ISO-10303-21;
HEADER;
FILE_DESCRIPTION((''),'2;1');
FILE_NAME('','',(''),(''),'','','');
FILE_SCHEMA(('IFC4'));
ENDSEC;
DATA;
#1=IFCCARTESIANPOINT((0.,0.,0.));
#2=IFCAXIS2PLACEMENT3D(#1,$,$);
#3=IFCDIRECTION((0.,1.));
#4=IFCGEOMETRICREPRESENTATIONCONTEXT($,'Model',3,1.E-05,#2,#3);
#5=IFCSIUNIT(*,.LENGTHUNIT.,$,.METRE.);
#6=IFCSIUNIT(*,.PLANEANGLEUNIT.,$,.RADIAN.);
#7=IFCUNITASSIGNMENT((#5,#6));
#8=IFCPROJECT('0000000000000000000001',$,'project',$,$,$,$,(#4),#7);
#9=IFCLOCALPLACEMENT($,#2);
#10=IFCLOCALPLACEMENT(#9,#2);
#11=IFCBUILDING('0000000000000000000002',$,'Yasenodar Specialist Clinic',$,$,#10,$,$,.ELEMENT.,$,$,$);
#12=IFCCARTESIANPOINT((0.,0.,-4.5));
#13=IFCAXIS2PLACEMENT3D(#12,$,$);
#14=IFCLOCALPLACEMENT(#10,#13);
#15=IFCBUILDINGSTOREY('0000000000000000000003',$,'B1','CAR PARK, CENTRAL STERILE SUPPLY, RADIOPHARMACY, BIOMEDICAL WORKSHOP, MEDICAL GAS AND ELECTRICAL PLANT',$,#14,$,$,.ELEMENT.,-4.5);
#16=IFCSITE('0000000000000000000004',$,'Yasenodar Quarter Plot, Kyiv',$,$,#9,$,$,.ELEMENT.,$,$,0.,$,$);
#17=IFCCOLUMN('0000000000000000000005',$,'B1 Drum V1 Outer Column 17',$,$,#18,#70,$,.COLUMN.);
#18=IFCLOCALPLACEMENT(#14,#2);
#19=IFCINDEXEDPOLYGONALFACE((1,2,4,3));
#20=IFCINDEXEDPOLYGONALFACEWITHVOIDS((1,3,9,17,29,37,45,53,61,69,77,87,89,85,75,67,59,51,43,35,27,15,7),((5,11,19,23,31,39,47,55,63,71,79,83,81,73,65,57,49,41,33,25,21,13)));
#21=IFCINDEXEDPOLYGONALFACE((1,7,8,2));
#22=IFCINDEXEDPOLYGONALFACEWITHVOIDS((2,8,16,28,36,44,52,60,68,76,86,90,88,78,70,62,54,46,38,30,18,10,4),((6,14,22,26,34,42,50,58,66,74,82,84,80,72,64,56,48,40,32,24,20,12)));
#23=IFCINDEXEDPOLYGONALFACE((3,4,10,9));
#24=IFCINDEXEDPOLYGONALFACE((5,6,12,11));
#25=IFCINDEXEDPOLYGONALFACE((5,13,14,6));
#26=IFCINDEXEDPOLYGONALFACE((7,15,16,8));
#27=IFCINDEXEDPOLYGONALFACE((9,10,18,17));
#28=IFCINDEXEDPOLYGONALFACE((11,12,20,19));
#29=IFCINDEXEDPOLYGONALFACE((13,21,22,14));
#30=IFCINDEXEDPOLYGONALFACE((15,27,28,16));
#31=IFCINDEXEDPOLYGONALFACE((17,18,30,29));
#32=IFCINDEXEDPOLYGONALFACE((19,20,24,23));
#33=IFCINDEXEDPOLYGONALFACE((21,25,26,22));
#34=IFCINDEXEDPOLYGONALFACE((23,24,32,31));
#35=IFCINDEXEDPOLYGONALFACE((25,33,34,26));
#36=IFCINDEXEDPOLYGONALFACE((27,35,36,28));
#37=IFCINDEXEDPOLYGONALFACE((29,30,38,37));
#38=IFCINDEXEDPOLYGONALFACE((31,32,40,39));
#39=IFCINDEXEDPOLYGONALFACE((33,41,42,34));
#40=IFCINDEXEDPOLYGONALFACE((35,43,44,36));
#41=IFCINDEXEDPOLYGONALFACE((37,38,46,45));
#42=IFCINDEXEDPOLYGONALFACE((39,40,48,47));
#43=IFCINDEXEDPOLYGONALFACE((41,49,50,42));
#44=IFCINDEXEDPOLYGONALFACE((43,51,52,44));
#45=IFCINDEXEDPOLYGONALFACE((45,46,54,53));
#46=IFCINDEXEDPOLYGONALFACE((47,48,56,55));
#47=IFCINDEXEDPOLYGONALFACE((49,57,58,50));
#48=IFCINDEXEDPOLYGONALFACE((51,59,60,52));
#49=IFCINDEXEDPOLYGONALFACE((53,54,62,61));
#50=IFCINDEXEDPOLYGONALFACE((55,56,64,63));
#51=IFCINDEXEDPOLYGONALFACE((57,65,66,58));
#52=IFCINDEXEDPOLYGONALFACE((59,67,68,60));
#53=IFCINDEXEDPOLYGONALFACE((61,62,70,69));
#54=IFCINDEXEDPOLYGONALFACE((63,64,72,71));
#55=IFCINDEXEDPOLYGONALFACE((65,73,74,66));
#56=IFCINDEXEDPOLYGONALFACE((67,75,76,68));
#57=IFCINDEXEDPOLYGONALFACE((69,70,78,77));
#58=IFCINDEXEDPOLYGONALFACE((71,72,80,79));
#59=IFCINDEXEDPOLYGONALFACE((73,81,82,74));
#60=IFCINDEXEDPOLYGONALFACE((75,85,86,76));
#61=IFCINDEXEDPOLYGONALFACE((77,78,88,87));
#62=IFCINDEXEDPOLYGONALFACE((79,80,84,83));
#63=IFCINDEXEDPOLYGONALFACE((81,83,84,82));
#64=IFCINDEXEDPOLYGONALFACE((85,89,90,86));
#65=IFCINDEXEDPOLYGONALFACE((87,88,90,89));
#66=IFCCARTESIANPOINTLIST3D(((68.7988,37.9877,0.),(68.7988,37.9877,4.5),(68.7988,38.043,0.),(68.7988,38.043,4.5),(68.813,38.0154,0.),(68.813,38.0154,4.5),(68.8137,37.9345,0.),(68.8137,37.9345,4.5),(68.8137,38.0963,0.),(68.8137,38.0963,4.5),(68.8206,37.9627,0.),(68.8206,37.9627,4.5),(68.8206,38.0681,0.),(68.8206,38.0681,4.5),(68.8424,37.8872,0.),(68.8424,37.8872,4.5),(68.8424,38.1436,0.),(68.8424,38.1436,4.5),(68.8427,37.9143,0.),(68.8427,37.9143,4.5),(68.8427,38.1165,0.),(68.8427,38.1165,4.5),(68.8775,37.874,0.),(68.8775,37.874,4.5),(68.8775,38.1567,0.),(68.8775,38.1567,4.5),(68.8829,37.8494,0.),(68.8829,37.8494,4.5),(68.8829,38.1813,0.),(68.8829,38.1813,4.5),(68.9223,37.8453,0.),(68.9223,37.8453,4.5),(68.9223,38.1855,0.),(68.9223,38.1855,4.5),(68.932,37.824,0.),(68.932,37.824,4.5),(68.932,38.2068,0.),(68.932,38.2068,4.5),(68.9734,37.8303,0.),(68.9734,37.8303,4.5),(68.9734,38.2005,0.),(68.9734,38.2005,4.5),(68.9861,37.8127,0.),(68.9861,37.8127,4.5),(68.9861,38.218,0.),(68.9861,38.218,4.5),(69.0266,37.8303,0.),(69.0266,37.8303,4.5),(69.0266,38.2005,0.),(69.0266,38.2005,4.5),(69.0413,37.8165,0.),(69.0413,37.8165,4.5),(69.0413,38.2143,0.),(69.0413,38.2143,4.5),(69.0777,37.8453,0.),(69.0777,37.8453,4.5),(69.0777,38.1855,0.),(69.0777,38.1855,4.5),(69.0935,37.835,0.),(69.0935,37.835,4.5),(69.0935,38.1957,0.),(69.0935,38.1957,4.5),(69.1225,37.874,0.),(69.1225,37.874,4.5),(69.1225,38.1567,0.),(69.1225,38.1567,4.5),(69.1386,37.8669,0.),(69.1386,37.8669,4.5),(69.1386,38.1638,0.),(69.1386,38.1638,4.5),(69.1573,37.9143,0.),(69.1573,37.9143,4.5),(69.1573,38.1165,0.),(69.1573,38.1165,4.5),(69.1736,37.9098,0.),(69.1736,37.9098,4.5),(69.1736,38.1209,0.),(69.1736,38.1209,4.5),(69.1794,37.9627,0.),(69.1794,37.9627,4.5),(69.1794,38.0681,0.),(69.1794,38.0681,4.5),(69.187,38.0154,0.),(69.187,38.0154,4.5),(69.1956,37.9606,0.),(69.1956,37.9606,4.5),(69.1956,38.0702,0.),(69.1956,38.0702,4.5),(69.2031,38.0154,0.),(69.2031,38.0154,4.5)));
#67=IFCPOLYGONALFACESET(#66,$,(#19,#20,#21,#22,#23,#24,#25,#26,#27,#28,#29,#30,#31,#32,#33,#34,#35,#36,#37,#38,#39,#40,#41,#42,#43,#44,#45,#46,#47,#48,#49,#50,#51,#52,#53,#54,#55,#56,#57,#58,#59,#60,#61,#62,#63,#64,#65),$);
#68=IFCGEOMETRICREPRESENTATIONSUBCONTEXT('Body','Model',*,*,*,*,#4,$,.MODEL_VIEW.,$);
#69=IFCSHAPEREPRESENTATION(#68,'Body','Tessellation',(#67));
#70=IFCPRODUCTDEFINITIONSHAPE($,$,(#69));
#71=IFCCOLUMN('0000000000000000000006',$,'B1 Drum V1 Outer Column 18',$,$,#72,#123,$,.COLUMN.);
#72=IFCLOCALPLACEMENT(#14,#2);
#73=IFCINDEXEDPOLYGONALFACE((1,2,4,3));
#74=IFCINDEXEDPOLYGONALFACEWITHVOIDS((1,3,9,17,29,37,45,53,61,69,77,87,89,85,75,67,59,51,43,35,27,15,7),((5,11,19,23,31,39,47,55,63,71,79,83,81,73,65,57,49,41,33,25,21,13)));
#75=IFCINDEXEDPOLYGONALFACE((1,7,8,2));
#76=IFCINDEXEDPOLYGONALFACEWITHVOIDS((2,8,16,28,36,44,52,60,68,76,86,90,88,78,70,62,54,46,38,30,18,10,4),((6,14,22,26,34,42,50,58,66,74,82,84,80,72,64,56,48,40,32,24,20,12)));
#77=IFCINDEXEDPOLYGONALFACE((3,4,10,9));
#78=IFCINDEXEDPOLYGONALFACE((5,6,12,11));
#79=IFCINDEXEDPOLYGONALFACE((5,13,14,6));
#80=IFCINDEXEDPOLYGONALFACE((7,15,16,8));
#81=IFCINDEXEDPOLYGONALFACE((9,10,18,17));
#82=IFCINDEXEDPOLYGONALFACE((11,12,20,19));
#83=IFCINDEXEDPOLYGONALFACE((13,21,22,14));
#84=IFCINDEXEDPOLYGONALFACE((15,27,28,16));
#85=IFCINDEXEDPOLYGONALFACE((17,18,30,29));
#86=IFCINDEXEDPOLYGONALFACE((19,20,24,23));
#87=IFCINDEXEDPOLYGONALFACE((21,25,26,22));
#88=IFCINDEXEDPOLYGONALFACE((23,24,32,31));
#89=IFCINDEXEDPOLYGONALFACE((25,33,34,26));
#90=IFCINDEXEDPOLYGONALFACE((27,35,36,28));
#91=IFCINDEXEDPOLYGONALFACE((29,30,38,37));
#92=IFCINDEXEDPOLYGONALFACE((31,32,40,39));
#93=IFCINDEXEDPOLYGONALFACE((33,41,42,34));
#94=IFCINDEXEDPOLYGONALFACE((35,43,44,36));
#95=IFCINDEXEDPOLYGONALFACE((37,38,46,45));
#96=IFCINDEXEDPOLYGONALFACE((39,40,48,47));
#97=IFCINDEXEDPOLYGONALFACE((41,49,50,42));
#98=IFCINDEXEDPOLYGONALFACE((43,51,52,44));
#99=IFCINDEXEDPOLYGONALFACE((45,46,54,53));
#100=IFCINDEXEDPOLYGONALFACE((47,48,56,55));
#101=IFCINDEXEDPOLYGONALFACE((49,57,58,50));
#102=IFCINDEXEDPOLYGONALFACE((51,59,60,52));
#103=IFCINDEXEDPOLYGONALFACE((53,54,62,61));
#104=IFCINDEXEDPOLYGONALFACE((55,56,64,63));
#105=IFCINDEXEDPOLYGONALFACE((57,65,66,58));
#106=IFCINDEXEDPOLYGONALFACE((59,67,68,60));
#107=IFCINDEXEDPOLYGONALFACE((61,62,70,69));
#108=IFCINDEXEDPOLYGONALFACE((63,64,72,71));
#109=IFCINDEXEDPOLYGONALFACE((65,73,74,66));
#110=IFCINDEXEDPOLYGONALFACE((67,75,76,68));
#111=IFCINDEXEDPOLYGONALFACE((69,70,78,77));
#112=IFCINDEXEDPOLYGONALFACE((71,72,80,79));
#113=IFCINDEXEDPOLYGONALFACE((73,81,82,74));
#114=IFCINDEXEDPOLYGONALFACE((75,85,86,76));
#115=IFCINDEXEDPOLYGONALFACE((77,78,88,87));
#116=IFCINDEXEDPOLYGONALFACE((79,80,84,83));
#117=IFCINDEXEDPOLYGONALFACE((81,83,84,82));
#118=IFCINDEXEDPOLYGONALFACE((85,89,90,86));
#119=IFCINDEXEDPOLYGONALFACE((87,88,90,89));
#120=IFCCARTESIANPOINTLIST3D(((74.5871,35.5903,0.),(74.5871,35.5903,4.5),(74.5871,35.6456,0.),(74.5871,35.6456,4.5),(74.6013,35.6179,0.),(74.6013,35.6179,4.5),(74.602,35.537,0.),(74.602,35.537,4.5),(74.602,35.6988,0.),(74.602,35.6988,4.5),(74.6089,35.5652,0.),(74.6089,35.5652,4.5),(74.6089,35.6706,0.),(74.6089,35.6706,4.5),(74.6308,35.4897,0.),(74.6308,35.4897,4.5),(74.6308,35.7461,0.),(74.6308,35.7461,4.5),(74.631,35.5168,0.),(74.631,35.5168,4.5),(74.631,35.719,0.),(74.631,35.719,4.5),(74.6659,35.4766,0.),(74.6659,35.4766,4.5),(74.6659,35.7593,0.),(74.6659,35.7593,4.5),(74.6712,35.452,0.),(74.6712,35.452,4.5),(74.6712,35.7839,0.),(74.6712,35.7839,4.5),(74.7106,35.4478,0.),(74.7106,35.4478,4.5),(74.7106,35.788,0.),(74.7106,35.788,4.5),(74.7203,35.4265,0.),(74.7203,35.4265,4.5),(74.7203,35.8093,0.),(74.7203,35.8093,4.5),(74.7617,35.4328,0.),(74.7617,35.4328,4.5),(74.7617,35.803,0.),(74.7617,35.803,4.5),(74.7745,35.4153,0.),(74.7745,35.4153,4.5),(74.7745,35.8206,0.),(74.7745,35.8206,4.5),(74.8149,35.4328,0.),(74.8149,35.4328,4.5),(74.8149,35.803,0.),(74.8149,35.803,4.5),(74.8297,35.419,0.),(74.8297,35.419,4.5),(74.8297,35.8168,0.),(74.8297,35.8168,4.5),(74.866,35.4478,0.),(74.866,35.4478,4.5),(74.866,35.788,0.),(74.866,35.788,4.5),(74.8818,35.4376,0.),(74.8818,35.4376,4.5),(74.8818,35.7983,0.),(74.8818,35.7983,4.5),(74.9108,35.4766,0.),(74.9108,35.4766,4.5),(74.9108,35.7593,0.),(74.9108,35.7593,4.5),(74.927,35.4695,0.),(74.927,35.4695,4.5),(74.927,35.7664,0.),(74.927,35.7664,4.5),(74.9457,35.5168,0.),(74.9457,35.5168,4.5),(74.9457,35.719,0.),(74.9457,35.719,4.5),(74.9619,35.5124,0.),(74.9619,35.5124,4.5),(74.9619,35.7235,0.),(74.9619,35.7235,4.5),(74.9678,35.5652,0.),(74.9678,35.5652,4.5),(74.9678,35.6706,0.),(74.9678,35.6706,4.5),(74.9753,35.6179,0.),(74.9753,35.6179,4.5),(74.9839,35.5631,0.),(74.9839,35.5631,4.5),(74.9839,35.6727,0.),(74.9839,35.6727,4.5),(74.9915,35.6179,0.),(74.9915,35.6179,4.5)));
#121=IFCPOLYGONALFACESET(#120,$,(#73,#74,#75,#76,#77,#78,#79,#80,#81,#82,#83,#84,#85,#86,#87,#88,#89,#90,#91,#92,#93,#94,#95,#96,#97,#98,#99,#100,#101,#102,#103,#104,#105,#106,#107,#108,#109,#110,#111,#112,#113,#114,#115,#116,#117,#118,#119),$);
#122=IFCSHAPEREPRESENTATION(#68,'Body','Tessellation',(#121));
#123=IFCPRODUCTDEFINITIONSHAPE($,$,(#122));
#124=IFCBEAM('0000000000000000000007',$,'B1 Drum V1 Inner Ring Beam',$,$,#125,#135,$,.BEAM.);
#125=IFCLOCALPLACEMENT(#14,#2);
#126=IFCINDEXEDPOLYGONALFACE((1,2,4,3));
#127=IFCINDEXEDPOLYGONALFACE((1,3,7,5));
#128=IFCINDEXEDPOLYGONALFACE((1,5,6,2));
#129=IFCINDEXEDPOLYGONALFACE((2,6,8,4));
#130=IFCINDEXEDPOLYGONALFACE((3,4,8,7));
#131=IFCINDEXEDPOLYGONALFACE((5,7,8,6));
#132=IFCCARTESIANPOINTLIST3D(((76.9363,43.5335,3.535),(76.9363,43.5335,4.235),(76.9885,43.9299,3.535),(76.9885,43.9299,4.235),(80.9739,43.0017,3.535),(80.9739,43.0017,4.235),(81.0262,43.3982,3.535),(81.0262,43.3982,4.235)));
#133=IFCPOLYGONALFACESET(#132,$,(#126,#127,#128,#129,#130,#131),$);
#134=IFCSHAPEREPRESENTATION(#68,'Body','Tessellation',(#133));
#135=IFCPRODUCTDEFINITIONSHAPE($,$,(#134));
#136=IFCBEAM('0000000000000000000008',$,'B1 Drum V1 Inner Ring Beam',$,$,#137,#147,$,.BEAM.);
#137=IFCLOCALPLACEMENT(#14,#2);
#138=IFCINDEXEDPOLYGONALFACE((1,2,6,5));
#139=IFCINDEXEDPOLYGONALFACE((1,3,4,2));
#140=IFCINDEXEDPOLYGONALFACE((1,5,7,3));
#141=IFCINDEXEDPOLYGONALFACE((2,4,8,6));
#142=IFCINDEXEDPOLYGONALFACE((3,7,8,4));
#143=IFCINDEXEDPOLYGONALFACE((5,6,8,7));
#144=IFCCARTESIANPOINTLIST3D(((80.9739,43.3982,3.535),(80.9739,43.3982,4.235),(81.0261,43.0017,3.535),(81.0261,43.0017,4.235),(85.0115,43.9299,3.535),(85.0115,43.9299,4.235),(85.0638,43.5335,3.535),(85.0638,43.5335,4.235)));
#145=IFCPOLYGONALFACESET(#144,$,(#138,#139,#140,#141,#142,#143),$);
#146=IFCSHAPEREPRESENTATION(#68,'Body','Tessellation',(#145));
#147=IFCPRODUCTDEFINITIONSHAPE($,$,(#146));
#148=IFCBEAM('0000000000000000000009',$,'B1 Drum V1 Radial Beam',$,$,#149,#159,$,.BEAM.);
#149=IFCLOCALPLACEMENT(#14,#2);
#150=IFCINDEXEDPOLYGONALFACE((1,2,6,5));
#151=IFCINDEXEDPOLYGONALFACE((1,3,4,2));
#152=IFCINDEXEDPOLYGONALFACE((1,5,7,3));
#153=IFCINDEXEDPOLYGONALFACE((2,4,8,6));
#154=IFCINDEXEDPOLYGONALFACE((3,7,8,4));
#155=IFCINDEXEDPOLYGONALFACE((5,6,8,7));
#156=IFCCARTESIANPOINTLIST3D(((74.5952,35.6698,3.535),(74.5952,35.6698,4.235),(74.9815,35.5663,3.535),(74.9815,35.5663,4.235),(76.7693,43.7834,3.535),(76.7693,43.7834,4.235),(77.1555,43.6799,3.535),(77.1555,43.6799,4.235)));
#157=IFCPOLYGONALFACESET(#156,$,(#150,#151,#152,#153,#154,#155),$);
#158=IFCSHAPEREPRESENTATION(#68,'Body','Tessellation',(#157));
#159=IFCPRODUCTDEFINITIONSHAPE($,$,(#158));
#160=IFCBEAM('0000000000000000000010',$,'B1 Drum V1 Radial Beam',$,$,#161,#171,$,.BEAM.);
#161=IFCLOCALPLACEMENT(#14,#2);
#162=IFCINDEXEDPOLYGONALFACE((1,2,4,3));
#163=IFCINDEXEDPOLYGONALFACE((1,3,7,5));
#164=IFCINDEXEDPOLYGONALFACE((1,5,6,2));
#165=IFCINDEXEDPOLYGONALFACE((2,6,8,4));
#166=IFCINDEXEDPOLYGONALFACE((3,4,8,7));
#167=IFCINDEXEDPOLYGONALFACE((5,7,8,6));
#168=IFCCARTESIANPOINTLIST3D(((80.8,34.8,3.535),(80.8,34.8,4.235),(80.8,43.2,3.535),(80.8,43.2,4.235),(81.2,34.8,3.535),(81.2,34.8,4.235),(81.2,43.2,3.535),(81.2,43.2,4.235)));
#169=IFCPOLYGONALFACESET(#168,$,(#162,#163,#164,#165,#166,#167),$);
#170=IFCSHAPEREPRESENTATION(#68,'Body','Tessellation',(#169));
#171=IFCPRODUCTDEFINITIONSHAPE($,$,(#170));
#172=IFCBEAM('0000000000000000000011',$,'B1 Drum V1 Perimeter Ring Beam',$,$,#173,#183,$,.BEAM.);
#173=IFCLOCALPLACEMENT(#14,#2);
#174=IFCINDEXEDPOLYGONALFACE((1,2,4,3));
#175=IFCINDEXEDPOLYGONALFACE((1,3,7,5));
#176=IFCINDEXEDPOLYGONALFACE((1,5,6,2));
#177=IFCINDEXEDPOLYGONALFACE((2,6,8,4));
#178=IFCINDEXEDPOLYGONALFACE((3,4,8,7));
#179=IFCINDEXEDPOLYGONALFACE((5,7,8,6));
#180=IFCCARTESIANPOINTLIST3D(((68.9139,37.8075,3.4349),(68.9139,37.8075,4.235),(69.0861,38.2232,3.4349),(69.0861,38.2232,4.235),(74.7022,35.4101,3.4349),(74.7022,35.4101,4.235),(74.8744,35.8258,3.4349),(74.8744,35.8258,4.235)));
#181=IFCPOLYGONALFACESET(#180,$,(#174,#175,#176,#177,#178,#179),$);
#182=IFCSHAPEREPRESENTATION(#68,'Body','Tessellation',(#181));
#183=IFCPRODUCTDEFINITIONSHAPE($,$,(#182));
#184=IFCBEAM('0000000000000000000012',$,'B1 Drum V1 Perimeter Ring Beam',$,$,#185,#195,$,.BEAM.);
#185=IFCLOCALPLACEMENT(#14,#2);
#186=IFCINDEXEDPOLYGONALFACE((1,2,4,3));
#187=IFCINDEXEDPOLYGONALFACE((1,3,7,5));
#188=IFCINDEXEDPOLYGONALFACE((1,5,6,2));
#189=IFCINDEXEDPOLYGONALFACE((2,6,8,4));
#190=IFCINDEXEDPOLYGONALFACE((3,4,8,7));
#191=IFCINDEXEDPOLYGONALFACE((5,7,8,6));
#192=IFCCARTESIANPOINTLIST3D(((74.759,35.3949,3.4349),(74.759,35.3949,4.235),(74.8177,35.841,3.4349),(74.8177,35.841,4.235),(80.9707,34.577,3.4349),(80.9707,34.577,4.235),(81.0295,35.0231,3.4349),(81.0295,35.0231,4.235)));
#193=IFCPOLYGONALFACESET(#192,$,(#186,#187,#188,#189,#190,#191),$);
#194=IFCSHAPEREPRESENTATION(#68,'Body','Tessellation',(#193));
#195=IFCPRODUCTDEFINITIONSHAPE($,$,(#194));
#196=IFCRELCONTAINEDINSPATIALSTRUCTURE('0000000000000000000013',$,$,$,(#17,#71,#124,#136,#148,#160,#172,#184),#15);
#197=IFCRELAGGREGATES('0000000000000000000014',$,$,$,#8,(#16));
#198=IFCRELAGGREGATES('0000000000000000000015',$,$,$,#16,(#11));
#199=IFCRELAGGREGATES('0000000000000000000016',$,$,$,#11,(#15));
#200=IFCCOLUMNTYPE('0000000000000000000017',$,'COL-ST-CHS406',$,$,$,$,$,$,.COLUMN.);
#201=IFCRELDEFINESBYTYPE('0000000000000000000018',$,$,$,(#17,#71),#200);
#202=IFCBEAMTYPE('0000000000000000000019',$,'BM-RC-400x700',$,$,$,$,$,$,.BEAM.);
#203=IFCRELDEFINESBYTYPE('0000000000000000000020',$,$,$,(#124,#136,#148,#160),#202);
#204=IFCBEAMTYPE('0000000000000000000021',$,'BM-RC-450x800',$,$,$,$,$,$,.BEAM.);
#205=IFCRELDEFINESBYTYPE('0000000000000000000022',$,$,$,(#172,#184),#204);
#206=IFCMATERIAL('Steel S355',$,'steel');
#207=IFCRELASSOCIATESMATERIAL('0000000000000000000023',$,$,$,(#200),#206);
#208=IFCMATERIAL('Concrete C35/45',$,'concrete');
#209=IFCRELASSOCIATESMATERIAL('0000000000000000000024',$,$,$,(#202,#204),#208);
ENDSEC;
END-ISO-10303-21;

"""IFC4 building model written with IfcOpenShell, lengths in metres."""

from ifc_helpers import new_model, si_unit, direction, frame, origin, origin_2d, place, context, subcontext, project, spatial, rectangle, hollow_circle, extrude, material, material_profile, profile_set, type_object, element, save


model = new_model("IFC4")

# Units and contexts
model_context = context("Model", 3, precision=1e-05, world=origin(), true_north=direction((0.0, 1.0)))
body_context = subcontext(model_context, "Body", "Model", "MODEL_VIEW")
ifc_project = project(units=[si_unit("LENGTHUNIT", "METRE"), si_unit("PLANEANGLEUNIT", "RADIAN")], contexts=[model_context])

# Site, building, storey
site_placement = place(None, origin())
site = spatial("IfcSite", under=ifc_project, at=site_placement, Name="Yasenodar Quarter Plot, Kyiv", CompositionType="ELEMENT", RefElevation=0.0)
building_placement = place(site_placement, origin())
building = spatial("IfcBuilding", under=site, at=building_placement, Name="Yasenodar Specialist Clinic", CompositionType="ELEMENT")
storey_placement = place(building_placement, frame((0.0, 0.0, -4.5)))
storey = spatial("IfcBuildingStorey", under=building, at=storey_placement, Name="B1", Description="CAR PARK, CENTRAL STERILE SUPPLY, RADIOPHARMACY, BIOMEDICAL WORKSHOP, MEDICAL GAS AND ELECTRICAL PLANT", CompositionType="ELEMENT", Elevation=-4.5)

# Shared definitions
ifc_material_1 = material(Name="Concrete C35/45", Category="concrete")

# Columns
ifc_material_2 = material(Name="Steel S355", Category="steel")
ifc_material_profile_1 = material_profile(ifc_material_2, hollow_circle(Radius=0.2031, WallThickness=0.0161, at=origin_2d()), Name="CHS 406.4x16")
ifc_profile_set_1 = profile_set([ifc_material_profile_1], Name="Steel S355")
column_type_1 = type_object("IfcColumnType", Name="COL-ST-CHS406", PredefinedType="COLUMN", material=ifc_profile_set_1)
for number, where, z_axis, x_axis, name in (
    (1, (69.0, 38.0154, 0.0), (0.0, 0.0, 1.0), (1.0, 0.0, 0.0), "B1 Drum V1 Outer Column 17"),
    (2, (74.7883, 35.6179, 0.0), (0.0, 0.0, 1.0), (1.0, 0.0, 0.0), "B1 Drum V1 Outer Column 18"),
):
    element("IfcColumn", number, at=place(storey_placement, frame(where, z_axis=z_axis, x_axis=x_axis)), inside=storey, type_object=column_type_1, Name=name, PredefinedType="COLUMN", context=body_context, shape_type="SweptSolid", body=[
        extrude(hollow_circle(Radius=0.2031, WallThickness=0.0161, at=origin_2d()), origin(), (0.0, 0.0, 1.0), 4.5),
    ])

# Beams
ifc_material_profile_2 = material_profile(ifc_material_1, rectangle(XDim=0.3999, YDim=0.7, at=origin_2d()), Name="RC 400x700")
ifc_profile_set_2 = profile_set([ifc_material_profile_2], Name="Concrete C35/45")
beam_type_1 = type_object("IfcBeamType", Name="BM-RC-400x700", PredefinedType="BEAM", material=ifc_profile_set_2)
for number, where, z_axis, x_axis, name in (
    (3, (76.9624, 43.7317, 3.885), (0.991439, -0.130569, 0.0), (0.130569, 0.991439, 0.0), "B1 Drum V1 Inner Ring Beam"),
    (4, (81.0, 43.2, 3.885), (0.991439, 0.130569, 0.0), (-0.130569, 0.991439, 0.0), "B1 Drum V1 Inner Ring Beam"),
):
    element("IfcBeam", number, at=place(storey_placement, frame(where, z_axis=z_axis, x_axis=x_axis)), inside=storey, type_object=beam_type_1, Name=name, PredefinedType="BEAM", context=body_context, shape_type="SweptSolid", body=[
        extrude(rectangle(XDim=0.3999, YDim=0.7, at=origin_2d()), origin(), (0.0, 0.0, 1.0), 4.0725),
    ])
for number, where, z_axis, x_axis, name in (
    (5, (76.9624, 43.7317, 3.885), (-0.258818, -0.965926, 0.0), (0.965926, -0.258818, 0.0), "B1 Drum V1 Radial Beam"),
    (6, (81.0, 43.2, 3.885), (0.0, -1.0, 0.0), (1.0, 0.0, 0.0), "B1 Drum V1 Radial Beam"),
):
    element("IfcBeam", number, at=place(storey_placement, frame(where, z_axis=z_axis, x_axis=x_axis)), inside=storey, type_object=beam_type_1, Name=name, PredefinedType="BEAM", context=body_context, shape_type="SweptSolid", body=[
        extrude(rectangle(XDim=0.3999, YDim=0.7, at=origin_2d()), origin(), (0.0, 0.0, 1.0), 8.3999),
    ])
ifc_material_profile_3 = material_profile(ifc_material_1, rectangle(XDim=0.45, YDim=0.8, at=origin_2d()), Name="RC 450x800")
ifc_profile_set_3 = profile_set([ifc_material_profile_3], Name="Concrete C35/45")
beam_type_2 = type_object("IfcBeamType", Name="BM-RC-450x800", PredefinedType="BEAM", material=ifc_profile_set_3)
beam_1_placement = place(storey_placement, frame((69.0, 38.0154, 3.835), z_axis=(0.923888, -0.382664, 0.0), x_axis=(0.382664, 0.923888, 0.0)))
element("IfcBeam", 7, at=beam_1_placement, inside=storey, type_object=beam_type_2, Name="B1 Drum V1 Perimeter Ring Beam", PredefinedType="BEAM", context=body_context, shape_type="SweptSolid", body=[
    extrude(rectangle(XDim=0.45, YDim=0.8, at=origin_2d()), origin(), (0.0, 0.0, 1.0), 6.2651),
])
beam_2_placement = place(storey_placement, frame((74.7883, 35.6179, 3.835), z_axis=(0.991443, -0.13054, 0.0), x_axis=(0.13054, 0.991443, 0.0)))
element("IfcBeam", 8, at=beam_2_placement, inside=storey, type_object=beam_type_2, Name="B1 Drum V1 Perimeter Ring Beam", PredefinedType="BEAM", context=body_context, shape_type="SweptSolid", body=[
    extrude(rectangle(XDim=0.45, YDim=0.8, at=origin_2d()), origin(), (0.0, 0.0, 1.0), 6.2654),
])

save(model, "model.ifc")
